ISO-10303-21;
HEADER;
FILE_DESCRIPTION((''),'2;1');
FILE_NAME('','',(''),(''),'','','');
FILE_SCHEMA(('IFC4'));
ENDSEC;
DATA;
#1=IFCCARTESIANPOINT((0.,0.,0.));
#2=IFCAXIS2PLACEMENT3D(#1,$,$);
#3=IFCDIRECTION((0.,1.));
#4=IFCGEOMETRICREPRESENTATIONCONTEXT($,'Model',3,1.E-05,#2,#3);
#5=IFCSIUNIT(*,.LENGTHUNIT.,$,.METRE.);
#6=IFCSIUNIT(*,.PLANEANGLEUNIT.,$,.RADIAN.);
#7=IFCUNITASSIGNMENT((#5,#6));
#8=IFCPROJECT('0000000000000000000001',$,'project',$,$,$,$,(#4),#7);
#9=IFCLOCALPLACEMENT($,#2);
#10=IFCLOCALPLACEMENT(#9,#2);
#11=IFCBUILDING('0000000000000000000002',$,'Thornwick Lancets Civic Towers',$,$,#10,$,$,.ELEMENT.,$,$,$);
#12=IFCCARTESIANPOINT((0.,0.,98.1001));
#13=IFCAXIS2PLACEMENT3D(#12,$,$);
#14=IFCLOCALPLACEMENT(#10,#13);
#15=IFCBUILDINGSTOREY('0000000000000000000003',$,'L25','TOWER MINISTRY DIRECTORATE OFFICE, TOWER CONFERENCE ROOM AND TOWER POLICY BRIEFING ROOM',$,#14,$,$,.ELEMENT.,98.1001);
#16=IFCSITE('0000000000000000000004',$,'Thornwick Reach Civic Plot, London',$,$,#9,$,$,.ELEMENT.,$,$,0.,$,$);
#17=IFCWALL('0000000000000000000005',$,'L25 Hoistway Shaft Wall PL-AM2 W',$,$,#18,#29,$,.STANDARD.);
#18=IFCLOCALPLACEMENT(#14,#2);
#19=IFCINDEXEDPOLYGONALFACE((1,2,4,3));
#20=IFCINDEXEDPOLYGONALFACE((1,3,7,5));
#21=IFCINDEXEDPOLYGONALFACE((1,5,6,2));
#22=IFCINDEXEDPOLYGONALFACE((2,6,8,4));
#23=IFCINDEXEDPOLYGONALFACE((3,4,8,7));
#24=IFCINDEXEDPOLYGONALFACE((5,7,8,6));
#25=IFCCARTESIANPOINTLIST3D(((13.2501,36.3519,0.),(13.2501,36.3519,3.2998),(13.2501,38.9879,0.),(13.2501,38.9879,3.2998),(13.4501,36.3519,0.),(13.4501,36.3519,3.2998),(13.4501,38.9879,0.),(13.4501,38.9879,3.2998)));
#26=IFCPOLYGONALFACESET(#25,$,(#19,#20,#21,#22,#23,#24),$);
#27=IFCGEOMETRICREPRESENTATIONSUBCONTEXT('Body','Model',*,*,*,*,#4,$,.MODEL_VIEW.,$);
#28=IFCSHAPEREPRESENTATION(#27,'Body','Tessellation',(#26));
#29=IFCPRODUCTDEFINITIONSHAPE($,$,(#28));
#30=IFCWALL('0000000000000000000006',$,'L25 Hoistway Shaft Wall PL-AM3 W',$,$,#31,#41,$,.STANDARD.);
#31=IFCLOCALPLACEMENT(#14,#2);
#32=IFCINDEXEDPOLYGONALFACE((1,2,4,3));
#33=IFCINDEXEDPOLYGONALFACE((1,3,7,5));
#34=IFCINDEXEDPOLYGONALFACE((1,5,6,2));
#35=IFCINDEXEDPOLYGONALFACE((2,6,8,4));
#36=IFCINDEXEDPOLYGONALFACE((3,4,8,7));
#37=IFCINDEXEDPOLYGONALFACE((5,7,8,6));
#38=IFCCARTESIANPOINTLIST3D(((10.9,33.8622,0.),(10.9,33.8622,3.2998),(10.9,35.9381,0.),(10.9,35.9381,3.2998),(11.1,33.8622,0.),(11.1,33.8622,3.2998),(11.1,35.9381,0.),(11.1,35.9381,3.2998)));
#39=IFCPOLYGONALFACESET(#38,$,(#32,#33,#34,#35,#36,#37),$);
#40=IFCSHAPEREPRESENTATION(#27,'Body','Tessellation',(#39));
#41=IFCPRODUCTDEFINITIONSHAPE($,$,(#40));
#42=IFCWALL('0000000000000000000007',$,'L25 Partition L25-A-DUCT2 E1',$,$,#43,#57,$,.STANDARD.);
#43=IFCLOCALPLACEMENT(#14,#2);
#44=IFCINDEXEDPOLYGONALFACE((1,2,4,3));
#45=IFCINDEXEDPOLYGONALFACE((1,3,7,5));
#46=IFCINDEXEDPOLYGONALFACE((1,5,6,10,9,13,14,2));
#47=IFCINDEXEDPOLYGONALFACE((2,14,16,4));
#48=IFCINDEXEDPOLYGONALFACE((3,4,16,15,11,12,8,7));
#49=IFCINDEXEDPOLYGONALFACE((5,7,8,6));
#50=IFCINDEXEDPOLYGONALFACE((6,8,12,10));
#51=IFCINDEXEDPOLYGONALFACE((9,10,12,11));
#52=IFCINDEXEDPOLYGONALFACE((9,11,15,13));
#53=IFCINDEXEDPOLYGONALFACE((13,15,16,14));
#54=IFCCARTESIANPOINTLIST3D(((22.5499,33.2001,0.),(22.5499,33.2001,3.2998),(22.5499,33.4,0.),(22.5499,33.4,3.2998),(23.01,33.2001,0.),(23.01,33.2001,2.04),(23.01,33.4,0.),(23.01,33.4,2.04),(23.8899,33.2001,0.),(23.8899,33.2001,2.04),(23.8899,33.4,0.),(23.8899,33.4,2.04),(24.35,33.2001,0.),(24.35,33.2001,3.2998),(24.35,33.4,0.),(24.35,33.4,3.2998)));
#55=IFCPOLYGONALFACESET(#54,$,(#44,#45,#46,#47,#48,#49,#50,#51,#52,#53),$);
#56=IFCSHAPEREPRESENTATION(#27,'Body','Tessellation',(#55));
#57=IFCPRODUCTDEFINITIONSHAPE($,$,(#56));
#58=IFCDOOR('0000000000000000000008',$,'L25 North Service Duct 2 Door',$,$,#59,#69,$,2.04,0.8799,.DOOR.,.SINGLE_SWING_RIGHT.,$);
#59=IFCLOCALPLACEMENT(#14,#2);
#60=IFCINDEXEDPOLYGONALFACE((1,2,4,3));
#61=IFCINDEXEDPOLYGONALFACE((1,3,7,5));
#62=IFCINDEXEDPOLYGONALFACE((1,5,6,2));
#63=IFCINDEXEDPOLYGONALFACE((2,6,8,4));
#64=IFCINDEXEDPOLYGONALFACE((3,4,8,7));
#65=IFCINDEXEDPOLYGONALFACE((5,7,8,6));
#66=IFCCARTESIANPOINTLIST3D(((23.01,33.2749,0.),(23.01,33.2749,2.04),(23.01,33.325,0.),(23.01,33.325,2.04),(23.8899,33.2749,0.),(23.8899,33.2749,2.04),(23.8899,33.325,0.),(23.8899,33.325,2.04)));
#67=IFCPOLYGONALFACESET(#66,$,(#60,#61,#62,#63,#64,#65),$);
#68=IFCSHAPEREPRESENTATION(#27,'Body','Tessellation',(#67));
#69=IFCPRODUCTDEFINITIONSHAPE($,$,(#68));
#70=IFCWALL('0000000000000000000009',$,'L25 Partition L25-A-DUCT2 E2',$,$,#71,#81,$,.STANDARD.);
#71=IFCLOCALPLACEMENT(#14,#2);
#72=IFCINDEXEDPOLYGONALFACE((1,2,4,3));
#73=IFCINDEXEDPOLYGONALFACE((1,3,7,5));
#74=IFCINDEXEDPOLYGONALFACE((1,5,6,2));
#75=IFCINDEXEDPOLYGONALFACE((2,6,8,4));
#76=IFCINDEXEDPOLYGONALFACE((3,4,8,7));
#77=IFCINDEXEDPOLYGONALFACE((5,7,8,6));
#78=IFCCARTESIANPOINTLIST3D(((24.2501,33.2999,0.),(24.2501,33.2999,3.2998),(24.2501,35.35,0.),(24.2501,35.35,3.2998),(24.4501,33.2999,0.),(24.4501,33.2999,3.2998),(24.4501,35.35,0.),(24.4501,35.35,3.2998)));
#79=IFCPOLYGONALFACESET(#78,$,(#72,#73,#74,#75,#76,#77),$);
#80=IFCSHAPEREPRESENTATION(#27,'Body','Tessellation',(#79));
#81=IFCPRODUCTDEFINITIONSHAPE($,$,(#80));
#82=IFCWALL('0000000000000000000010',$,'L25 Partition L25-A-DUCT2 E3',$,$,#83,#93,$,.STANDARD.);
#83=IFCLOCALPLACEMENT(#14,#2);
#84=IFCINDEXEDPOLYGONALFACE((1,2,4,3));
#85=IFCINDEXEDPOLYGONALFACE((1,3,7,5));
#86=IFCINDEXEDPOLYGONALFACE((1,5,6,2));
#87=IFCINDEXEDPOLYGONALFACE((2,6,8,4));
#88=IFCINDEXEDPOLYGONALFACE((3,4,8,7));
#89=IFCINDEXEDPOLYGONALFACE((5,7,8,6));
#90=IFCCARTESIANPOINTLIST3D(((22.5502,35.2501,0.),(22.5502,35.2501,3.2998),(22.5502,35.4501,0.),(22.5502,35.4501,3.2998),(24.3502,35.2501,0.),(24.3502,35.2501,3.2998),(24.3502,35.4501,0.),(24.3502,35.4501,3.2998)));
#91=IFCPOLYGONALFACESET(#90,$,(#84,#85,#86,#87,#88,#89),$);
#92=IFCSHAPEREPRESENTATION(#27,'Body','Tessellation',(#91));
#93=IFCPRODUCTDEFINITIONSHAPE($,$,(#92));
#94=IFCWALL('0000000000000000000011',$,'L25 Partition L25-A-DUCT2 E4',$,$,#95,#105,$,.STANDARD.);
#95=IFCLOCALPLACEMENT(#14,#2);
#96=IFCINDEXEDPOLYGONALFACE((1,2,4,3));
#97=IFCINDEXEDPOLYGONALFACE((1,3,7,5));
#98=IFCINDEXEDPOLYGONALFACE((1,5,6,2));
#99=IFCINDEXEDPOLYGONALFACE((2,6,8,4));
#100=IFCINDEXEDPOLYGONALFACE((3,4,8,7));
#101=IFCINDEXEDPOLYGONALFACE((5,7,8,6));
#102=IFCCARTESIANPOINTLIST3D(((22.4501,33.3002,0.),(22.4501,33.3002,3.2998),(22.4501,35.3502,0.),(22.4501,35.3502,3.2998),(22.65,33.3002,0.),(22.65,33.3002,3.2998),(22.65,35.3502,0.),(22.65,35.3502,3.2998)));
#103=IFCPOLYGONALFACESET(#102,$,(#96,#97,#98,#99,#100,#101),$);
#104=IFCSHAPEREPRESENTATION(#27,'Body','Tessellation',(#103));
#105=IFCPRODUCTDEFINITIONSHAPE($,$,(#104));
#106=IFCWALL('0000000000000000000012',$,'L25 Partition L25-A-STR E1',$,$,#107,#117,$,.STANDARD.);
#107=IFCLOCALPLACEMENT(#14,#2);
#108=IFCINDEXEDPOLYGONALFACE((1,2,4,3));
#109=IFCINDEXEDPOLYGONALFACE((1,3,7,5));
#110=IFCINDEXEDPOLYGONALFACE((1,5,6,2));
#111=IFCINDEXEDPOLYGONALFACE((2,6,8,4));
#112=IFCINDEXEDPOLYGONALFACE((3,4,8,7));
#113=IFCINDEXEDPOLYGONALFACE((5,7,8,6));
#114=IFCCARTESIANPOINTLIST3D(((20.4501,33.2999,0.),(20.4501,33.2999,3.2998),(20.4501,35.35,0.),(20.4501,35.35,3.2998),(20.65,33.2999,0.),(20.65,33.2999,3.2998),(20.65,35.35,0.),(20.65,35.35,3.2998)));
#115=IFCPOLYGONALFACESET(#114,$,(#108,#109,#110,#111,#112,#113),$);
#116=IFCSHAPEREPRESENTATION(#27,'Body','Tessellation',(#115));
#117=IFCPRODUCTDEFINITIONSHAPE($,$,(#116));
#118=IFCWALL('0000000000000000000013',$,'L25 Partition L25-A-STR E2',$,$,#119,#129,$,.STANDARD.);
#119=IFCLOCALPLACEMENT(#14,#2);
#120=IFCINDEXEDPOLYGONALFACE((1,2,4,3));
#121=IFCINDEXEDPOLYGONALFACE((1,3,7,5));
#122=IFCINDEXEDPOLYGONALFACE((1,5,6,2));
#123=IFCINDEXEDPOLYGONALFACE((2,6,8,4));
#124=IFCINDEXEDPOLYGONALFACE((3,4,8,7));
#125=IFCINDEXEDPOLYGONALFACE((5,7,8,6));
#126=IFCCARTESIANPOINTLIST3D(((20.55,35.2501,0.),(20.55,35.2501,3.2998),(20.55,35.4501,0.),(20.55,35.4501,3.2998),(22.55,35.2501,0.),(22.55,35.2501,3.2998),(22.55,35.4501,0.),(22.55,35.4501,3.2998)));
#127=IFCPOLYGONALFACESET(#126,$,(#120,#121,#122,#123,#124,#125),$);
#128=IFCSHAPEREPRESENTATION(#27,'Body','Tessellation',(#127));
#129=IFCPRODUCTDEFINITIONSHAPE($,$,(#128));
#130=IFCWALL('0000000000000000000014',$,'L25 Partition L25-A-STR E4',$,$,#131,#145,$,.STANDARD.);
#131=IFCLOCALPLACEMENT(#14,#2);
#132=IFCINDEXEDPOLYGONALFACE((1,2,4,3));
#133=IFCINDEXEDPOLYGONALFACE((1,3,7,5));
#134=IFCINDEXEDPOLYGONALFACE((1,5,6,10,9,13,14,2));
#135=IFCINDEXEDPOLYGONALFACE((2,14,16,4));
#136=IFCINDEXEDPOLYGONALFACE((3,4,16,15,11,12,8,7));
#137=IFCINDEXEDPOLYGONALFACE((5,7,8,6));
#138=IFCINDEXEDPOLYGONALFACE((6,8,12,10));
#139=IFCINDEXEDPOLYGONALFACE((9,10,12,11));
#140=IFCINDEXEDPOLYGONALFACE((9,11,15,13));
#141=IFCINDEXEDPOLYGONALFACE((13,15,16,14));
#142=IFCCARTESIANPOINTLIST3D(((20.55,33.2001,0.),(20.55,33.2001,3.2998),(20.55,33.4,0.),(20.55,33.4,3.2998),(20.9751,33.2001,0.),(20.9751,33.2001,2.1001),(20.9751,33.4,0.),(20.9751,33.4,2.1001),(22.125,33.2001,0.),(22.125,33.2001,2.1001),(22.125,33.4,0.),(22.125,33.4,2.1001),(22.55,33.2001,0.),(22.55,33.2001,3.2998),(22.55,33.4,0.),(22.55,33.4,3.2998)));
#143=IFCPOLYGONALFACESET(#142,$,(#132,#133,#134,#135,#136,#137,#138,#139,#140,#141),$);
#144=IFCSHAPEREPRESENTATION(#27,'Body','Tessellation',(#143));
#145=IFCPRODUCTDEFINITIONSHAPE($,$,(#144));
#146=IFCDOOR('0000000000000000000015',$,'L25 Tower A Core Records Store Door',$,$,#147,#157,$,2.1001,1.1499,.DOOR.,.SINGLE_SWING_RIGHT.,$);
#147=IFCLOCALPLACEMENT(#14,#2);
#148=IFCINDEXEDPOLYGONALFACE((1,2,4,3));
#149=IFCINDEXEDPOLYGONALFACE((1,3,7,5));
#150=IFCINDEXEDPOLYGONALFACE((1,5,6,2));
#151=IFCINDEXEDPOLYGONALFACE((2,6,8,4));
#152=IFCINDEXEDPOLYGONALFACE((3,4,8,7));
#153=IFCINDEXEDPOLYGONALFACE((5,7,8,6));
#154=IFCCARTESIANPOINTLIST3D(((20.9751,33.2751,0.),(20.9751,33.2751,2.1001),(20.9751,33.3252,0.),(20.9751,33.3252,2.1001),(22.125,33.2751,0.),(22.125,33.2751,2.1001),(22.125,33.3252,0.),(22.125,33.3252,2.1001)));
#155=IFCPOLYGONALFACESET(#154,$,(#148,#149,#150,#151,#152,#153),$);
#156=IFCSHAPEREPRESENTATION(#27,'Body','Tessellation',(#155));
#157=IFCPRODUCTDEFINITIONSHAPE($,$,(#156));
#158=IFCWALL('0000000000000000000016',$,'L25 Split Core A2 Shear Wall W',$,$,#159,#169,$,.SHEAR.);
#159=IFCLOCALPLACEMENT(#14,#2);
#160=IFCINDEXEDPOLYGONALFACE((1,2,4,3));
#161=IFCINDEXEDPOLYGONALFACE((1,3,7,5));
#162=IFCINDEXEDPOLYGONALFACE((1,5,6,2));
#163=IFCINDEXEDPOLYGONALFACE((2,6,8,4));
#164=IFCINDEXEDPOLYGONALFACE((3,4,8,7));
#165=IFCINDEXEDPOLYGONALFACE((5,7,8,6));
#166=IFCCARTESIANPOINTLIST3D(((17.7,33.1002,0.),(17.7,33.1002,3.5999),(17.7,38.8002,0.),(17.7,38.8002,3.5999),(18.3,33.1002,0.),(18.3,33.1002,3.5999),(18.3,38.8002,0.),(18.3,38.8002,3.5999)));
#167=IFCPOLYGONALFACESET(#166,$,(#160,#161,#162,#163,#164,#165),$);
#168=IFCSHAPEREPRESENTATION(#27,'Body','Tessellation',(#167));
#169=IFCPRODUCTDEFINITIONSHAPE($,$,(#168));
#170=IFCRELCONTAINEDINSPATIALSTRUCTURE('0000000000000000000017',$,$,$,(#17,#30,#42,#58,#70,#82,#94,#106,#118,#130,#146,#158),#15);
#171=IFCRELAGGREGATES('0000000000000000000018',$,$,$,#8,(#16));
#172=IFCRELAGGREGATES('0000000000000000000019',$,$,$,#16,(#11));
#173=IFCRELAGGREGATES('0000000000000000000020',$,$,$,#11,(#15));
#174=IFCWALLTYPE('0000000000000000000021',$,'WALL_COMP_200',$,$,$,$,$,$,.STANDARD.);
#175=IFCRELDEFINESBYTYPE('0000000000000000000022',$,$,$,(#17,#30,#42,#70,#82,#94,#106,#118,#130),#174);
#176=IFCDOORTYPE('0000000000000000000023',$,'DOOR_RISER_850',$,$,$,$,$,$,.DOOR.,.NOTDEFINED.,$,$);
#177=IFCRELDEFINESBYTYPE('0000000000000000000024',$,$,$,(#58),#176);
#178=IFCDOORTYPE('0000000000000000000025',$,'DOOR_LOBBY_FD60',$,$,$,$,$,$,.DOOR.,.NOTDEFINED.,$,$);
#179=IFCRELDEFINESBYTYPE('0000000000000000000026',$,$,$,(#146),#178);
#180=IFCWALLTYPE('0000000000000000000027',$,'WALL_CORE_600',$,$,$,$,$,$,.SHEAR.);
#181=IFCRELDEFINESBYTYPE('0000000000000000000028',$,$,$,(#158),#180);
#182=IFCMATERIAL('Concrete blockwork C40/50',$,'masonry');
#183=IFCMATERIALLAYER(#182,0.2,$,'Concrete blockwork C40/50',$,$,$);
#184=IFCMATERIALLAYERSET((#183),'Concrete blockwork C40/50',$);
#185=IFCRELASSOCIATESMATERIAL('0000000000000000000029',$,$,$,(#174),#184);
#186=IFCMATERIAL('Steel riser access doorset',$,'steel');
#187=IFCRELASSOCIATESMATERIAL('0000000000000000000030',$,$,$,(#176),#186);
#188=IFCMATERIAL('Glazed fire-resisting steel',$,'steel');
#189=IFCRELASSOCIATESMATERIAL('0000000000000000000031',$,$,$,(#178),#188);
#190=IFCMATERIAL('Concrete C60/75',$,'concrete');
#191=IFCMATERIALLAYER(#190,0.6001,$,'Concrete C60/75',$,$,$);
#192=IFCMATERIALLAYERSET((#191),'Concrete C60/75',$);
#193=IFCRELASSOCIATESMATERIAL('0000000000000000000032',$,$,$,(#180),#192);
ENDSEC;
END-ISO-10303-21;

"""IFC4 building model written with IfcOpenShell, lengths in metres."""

from ifc_helpers import new_model, si_unit, direction, frame, frame_2d, origin, place, context, subcontext, project, spatial, rectangle, extrude, material, layer, layer_set, type_object, element, fill, save


model = new_model("IFC4")

# Units and contexts
model_context = context("Model", 3, precision=1e-05, world=origin(), true_north=direction((0.0, 1.0)))
body_context = subcontext(model_context, "Body", "Model", "MODEL_VIEW")
ifc_project = project(units=[si_unit("LENGTHUNIT", "METRE"), si_unit("PLANEANGLEUNIT", "RADIAN")], contexts=[model_context])

# Site, building, storey
site_placement = place(None, origin())
site = spatial("IfcSite", under=ifc_project, at=site_placement, Name="Thornwick Reach Civic Plot, London", CompositionType="ELEMENT", RefElevation=0.0)
building_placement = place(site_placement, origin())
building = spatial("IfcBuilding", under=site, at=building_placement, Name="Thornwick Lancets Civic Towers", CompositionType="ELEMENT")
storey_placement = place(building_placement, frame((0.0, 0.0, 98.1001)))
storey = spatial("IfcBuildingStorey", under=building, at=storey_placement, Name="L25", Description="TOWER MINISTRY DIRECTORATE OFFICE, TOWER CONFERENCE ROOM AND TOWER POLICY BRIEFING ROOM", CompositionType="ELEMENT", Elevation=98.1001)

# Shared definitions
ifc_material_1 = material(Name="Concrete C60/75", Category="concrete")

# Shared definitions
ifc_material_2 = material(Name="Concrete blockwork C40/50", Category="masonry")
ifc_layer_1 = layer(ifc_material_2, 0.2, Name="Concrete blockwork C40/50")
ifc_layer_set_1 = layer_set([ifc_layer_1], Name="Concrete blockwork C40/50")
wall_type_1 = type_object("IfcWallType", Name="WALL_COMP_200", PredefinedType="STANDARD", material=ifc_layer_set_1)

# Walls
for number, where, z_axis, x_axis, name in (
    (1, (13.3501, 36.3521, 0.0), (0.0, 0.0, 1.0), (0.0, 1.0, 0.0), "L25 Hoistway Shaft Wall PL-AM2 W"),
):
    element("IfcWall", number, at=place(storey_placement, frame(where, z_axis=z_axis, x_axis=x_axis)), inside=storey, type_object=wall_type_1, Name=name, PredefinedType="STANDARD", context=body_context, shape_type="SweptSolid", body=[
        extrude(rectangle(XDim=2.636, YDim=0.2, at=frame_2d((1.3179, 0.0))), origin(), (0.0, 0.0, 1.0), 3.2998),
    ])
wall_1_placement = place(storey_placement, frame((11.0, 33.8621, 0.0), z_axis=(0.0, 0.0, 1.0), x_axis=(0.0, 1.0, 0.0)))
element("IfcWall", 2, at=wall_1_placement, inside=storey, type_object=wall_type_1, Name="L25 Hoistway Shaft Wall PL-AM3 W", PredefinedType="STANDARD", context=body_context, shape_type="SweptSolid", body=[
    extrude(rectangle(XDim=2.0759, YDim=0.2, at=frame_2d((1.0381, 0.0))), origin(), (0.0, 0.0, 1.0), 3.2998),
])

# Wall, opening, door
wall_2_placement = place(storey_placement, frame((22.55, 33.3, 0.0), z_axis=(0.0, 0.0, 1.0), x_axis=(1.0, 0.0, 0.0)))
wall_2 = element("IfcWall", 3, at=wall_2_placement, inside=storey, type_object=wall_type_1, Name="L25 Partition L25-A-DUCT2 E1", PredefinedType="STANDARD", context=body_context, shape_type="SweptSolid", body=[
    extrude(rectangle(XDim=1.8, YDim=0.2, at=frame_2d((0.8999, 0.0))), origin(), (0.0, 0.0, 1.0), 3.2998),
])
opening_1_placement = place(wall_2_placement, frame((0.46, 0.0, 0.0)))
opening_1 = element("IfcOpeningElement", 4, at=opening_1_placement, cuts=wall_2, PredefinedType="OPENING", context=body_context, shape_type="SweptSolid", body=[
    extrude(rectangle(XDim=0.8799, YDim=2.04, at=frame_2d((0.4399, 1.02))), frame((0.0, 0.1099, 0.0), z_axis=(0.0, -1.0, 0.0), x_axis=(1.0, 0.0, 0.0)), (0.0, 0.0, 1.0), 0.22),
])
ifc_material_3 = material(Name="Steel riser access doorset", Category="steel")
door_type_1 = type_object("IfcDoorType", Name="DOOR_RISER_850", OperationType="NOTDEFINED", PredefinedType="DOOR", material=ifc_material_3)
door_1_placement = place(opening_1_placement, origin())
door_1 = element("IfcDoor", 5, at=door_1_placement, inside=storey, type_object=door_type_1, Name="L25 North Service Duct 2 Door", OperationType="SINGLE_SWING_RIGHT", OverallHeight=2.04, OverallWidth=0.8799, PredefinedType="DOOR", context=body_context, shape_type="SweptSolid", body=[
    extrude(rectangle(XDim=0.8799, YDim=2.04, at=frame_2d((0.4399, 1.02))), frame((0.0, 0.0249, 0.0), z_axis=(0.0, -1.0, 0.0), x_axis=(1.0, 0.0, 0.0)), (0.0, 0.0, 1.0), 0.05),
])
fill(opening_1, door_1)

# Walls
wall_3_placement = place(storey_placement, frame((24.3501, 33.3, 0.0), z_axis=(0.0, 0.0, 1.0), x_axis=(0.0, 1.0, 0.0)))
element("IfcWall", 6, at=wall_3_placement, inside=storey, type_object=wall_type_1, Name="L25 Partition L25-A-DUCT2 E2", PredefinedType="STANDARD", context=body_context, shape_type="SweptSolid", body=[
    extrude(rectangle(XDim=2.05, YDim=0.2, at=frame_2d((1.0249, 0.0))), origin(), (0.0, 0.0, 1.0), 3.2998),
])
wall_4_placement = place(storey_placement, frame((24.3501, 35.3501, 0.0), z_axis=(0.0, 0.0, 1.0), x_axis=(-1.0, 0.0, 0.0)))
element("IfcWall", 7, at=wall_4_placement, inside=storey, type_object=wall_type_1, Name="L25 Partition L25-A-DUCT2 E3", PredefinedType="STANDARD", context=body_context, shape_type="SweptSolid", body=[
    extrude(rectangle(XDim=1.8, YDim=0.2, at=frame_2d((0.8999, 0.0))), origin(), (0.0, 0.0, 1.0), 3.2998),
])
for number, where, z_axis, x_axis, name in (
    (8, (22.55, 35.3501, 0.0), (0.0, 0.0, 1.0), (0.0, -1.0, 0.0), "L25 Partition L25-A-DUCT2 E4"),
    (9, (20.55, 33.3, 0.0), (0.0, 0.0, 1.0), (0.0, 1.0, 0.0), "L25 Partition L25-A-STR E1"),
):
    element("IfcWall", number, at=place(storey_placement, frame(where, z_axis=z_axis, x_axis=x_axis)), inside=storey, type_object=wall_type_1, Name=name, PredefinedType="STANDARD", context=body_context, shape_type="SweptSolid", body=[
        extrude(rectangle(XDim=2.05, YDim=0.2, at=frame_2d((1.0249, 0.0))), origin(), (0.0, 0.0, 1.0), 3.2998),
    ])
wall_5_placement = place(storey_placement, frame((20.55, 35.3501, 0.0), z_axis=(0.0, 0.0, 1.0), x_axis=(1.0, 0.0, 0.0)))
element("IfcWall", 10, at=wall_5_placement, inside=storey, type_object=wall_type_1, Name="L25 Partition L25-A-STR E2", PredefinedType="STANDARD", context=body_context, shape_type="SweptSolid", body=[
    extrude(rectangle(XDim=2.0, YDim=0.2, at=frame_2d((1.0, 0.0))), origin(), (0.0, 0.0, 1.0), 3.2998),
])

# Wall, opening, door
wall_6_placement = place(storey_placement, frame((22.55, 33.3, 0.0), z_axis=(0.0, 0.0, 1.0), x_axis=(-1.0, 0.0, 0.0)))
wall_6 = element("IfcWall", 11, at=wall_6_placement, inside=storey, type_object=wall_type_1, Name="L25 Partition L25-A-STR E4", PredefinedType="STANDARD", context=body_context, shape_type="SweptSolid", body=[
    extrude(rectangle(XDim=2.0, YDim=0.2, at=frame_2d((1.0, 0.0))), origin(), (0.0, 0.0, 1.0), 3.2998),
])
opening_2_placement = place(wall_6_placement, frame((0.425, 0.0, 0.0)))
opening_2 = element("IfcOpeningElement", 12, at=opening_2_placement, cuts=wall_6, PredefinedType="OPENING", context=body_context, shape_type="SweptSolid", body=[
    extrude(rectangle(XDim=1.1499, YDim=2.1001, at=frame_2d((0.575, 1.05))), frame((0.0, 0.1099, 0.0), z_axis=(0.0, -1.0, 0.0), x_axis=(1.0, 0.0, 0.0)), (0.0, 0.0, 1.0), 0.22),
])
ifc_material_4 = material(Name="Glazed fire-resisting steel", Category="steel")
door_type_2 = type_object("IfcDoorType", Name="DOOR_LOBBY_FD60", OperationType="NOTDEFINED", PredefinedType="DOOR", material=ifc_material_4)
door_2_placement = place(opening_2_placement, origin())
door_2 = element("IfcDoor", 13, at=door_2_placement, inside=storey, type_object=door_type_2, Name="L25 Tower A Core Records Store Door", OperationType="SINGLE_SWING_RIGHT", OverallHeight=2.1001, OverallWidth=1.1499, PredefinedType="DOOR", context=body_context, shape_type="SweptSolid", body=[
    extrude(rectangle(XDim=1.1499, YDim=2.1001, at=frame_2d((0.575, 1.05))), frame((0.0, 0.0249, 0.0), z_axis=(0.0, -1.0, 0.0), x_axis=(1.0, 0.0, 0.0)), (0.0, 0.0, 1.0), 0.05),
])
fill(opening_2, door_2)

# Wall
ifc_layer_2 = layer(ifc_material_1, 0.6001, Name="Concrete C60/75")
ifc_layer_set_2 = layer_set([ifc_layer_2], Name="Concrete C60/75")
wall_type_2 = type_object("IfcWallType", Name="WALL_CORE_600", PredefinedType="SHEAR", material=ifc_layer_set_2)
wall_7_placement = place(storey_placement, frame((18.0, 33.1001, 0.0), z_axis=(0.0, 0.0, 1.0), x_axis=(0.0, 1.0, 0.0)))
element("IfcWall", 14, at=wall_7_placement, inside=storey, type_object=wall_type_2, Name="L25 Split Core A2 Shear Wall W", PredefinedType="SHEAR", context=body_context, shape_type="SweptSolid", body=[
    extrude(rectangle(XDim=5.7, YDim=0.6001, at=frame_2d((2.8501, 0.0))), origin(), (0.0, 0.0, 1.0), 3.5999),
])

save(model, "model.ifc")
